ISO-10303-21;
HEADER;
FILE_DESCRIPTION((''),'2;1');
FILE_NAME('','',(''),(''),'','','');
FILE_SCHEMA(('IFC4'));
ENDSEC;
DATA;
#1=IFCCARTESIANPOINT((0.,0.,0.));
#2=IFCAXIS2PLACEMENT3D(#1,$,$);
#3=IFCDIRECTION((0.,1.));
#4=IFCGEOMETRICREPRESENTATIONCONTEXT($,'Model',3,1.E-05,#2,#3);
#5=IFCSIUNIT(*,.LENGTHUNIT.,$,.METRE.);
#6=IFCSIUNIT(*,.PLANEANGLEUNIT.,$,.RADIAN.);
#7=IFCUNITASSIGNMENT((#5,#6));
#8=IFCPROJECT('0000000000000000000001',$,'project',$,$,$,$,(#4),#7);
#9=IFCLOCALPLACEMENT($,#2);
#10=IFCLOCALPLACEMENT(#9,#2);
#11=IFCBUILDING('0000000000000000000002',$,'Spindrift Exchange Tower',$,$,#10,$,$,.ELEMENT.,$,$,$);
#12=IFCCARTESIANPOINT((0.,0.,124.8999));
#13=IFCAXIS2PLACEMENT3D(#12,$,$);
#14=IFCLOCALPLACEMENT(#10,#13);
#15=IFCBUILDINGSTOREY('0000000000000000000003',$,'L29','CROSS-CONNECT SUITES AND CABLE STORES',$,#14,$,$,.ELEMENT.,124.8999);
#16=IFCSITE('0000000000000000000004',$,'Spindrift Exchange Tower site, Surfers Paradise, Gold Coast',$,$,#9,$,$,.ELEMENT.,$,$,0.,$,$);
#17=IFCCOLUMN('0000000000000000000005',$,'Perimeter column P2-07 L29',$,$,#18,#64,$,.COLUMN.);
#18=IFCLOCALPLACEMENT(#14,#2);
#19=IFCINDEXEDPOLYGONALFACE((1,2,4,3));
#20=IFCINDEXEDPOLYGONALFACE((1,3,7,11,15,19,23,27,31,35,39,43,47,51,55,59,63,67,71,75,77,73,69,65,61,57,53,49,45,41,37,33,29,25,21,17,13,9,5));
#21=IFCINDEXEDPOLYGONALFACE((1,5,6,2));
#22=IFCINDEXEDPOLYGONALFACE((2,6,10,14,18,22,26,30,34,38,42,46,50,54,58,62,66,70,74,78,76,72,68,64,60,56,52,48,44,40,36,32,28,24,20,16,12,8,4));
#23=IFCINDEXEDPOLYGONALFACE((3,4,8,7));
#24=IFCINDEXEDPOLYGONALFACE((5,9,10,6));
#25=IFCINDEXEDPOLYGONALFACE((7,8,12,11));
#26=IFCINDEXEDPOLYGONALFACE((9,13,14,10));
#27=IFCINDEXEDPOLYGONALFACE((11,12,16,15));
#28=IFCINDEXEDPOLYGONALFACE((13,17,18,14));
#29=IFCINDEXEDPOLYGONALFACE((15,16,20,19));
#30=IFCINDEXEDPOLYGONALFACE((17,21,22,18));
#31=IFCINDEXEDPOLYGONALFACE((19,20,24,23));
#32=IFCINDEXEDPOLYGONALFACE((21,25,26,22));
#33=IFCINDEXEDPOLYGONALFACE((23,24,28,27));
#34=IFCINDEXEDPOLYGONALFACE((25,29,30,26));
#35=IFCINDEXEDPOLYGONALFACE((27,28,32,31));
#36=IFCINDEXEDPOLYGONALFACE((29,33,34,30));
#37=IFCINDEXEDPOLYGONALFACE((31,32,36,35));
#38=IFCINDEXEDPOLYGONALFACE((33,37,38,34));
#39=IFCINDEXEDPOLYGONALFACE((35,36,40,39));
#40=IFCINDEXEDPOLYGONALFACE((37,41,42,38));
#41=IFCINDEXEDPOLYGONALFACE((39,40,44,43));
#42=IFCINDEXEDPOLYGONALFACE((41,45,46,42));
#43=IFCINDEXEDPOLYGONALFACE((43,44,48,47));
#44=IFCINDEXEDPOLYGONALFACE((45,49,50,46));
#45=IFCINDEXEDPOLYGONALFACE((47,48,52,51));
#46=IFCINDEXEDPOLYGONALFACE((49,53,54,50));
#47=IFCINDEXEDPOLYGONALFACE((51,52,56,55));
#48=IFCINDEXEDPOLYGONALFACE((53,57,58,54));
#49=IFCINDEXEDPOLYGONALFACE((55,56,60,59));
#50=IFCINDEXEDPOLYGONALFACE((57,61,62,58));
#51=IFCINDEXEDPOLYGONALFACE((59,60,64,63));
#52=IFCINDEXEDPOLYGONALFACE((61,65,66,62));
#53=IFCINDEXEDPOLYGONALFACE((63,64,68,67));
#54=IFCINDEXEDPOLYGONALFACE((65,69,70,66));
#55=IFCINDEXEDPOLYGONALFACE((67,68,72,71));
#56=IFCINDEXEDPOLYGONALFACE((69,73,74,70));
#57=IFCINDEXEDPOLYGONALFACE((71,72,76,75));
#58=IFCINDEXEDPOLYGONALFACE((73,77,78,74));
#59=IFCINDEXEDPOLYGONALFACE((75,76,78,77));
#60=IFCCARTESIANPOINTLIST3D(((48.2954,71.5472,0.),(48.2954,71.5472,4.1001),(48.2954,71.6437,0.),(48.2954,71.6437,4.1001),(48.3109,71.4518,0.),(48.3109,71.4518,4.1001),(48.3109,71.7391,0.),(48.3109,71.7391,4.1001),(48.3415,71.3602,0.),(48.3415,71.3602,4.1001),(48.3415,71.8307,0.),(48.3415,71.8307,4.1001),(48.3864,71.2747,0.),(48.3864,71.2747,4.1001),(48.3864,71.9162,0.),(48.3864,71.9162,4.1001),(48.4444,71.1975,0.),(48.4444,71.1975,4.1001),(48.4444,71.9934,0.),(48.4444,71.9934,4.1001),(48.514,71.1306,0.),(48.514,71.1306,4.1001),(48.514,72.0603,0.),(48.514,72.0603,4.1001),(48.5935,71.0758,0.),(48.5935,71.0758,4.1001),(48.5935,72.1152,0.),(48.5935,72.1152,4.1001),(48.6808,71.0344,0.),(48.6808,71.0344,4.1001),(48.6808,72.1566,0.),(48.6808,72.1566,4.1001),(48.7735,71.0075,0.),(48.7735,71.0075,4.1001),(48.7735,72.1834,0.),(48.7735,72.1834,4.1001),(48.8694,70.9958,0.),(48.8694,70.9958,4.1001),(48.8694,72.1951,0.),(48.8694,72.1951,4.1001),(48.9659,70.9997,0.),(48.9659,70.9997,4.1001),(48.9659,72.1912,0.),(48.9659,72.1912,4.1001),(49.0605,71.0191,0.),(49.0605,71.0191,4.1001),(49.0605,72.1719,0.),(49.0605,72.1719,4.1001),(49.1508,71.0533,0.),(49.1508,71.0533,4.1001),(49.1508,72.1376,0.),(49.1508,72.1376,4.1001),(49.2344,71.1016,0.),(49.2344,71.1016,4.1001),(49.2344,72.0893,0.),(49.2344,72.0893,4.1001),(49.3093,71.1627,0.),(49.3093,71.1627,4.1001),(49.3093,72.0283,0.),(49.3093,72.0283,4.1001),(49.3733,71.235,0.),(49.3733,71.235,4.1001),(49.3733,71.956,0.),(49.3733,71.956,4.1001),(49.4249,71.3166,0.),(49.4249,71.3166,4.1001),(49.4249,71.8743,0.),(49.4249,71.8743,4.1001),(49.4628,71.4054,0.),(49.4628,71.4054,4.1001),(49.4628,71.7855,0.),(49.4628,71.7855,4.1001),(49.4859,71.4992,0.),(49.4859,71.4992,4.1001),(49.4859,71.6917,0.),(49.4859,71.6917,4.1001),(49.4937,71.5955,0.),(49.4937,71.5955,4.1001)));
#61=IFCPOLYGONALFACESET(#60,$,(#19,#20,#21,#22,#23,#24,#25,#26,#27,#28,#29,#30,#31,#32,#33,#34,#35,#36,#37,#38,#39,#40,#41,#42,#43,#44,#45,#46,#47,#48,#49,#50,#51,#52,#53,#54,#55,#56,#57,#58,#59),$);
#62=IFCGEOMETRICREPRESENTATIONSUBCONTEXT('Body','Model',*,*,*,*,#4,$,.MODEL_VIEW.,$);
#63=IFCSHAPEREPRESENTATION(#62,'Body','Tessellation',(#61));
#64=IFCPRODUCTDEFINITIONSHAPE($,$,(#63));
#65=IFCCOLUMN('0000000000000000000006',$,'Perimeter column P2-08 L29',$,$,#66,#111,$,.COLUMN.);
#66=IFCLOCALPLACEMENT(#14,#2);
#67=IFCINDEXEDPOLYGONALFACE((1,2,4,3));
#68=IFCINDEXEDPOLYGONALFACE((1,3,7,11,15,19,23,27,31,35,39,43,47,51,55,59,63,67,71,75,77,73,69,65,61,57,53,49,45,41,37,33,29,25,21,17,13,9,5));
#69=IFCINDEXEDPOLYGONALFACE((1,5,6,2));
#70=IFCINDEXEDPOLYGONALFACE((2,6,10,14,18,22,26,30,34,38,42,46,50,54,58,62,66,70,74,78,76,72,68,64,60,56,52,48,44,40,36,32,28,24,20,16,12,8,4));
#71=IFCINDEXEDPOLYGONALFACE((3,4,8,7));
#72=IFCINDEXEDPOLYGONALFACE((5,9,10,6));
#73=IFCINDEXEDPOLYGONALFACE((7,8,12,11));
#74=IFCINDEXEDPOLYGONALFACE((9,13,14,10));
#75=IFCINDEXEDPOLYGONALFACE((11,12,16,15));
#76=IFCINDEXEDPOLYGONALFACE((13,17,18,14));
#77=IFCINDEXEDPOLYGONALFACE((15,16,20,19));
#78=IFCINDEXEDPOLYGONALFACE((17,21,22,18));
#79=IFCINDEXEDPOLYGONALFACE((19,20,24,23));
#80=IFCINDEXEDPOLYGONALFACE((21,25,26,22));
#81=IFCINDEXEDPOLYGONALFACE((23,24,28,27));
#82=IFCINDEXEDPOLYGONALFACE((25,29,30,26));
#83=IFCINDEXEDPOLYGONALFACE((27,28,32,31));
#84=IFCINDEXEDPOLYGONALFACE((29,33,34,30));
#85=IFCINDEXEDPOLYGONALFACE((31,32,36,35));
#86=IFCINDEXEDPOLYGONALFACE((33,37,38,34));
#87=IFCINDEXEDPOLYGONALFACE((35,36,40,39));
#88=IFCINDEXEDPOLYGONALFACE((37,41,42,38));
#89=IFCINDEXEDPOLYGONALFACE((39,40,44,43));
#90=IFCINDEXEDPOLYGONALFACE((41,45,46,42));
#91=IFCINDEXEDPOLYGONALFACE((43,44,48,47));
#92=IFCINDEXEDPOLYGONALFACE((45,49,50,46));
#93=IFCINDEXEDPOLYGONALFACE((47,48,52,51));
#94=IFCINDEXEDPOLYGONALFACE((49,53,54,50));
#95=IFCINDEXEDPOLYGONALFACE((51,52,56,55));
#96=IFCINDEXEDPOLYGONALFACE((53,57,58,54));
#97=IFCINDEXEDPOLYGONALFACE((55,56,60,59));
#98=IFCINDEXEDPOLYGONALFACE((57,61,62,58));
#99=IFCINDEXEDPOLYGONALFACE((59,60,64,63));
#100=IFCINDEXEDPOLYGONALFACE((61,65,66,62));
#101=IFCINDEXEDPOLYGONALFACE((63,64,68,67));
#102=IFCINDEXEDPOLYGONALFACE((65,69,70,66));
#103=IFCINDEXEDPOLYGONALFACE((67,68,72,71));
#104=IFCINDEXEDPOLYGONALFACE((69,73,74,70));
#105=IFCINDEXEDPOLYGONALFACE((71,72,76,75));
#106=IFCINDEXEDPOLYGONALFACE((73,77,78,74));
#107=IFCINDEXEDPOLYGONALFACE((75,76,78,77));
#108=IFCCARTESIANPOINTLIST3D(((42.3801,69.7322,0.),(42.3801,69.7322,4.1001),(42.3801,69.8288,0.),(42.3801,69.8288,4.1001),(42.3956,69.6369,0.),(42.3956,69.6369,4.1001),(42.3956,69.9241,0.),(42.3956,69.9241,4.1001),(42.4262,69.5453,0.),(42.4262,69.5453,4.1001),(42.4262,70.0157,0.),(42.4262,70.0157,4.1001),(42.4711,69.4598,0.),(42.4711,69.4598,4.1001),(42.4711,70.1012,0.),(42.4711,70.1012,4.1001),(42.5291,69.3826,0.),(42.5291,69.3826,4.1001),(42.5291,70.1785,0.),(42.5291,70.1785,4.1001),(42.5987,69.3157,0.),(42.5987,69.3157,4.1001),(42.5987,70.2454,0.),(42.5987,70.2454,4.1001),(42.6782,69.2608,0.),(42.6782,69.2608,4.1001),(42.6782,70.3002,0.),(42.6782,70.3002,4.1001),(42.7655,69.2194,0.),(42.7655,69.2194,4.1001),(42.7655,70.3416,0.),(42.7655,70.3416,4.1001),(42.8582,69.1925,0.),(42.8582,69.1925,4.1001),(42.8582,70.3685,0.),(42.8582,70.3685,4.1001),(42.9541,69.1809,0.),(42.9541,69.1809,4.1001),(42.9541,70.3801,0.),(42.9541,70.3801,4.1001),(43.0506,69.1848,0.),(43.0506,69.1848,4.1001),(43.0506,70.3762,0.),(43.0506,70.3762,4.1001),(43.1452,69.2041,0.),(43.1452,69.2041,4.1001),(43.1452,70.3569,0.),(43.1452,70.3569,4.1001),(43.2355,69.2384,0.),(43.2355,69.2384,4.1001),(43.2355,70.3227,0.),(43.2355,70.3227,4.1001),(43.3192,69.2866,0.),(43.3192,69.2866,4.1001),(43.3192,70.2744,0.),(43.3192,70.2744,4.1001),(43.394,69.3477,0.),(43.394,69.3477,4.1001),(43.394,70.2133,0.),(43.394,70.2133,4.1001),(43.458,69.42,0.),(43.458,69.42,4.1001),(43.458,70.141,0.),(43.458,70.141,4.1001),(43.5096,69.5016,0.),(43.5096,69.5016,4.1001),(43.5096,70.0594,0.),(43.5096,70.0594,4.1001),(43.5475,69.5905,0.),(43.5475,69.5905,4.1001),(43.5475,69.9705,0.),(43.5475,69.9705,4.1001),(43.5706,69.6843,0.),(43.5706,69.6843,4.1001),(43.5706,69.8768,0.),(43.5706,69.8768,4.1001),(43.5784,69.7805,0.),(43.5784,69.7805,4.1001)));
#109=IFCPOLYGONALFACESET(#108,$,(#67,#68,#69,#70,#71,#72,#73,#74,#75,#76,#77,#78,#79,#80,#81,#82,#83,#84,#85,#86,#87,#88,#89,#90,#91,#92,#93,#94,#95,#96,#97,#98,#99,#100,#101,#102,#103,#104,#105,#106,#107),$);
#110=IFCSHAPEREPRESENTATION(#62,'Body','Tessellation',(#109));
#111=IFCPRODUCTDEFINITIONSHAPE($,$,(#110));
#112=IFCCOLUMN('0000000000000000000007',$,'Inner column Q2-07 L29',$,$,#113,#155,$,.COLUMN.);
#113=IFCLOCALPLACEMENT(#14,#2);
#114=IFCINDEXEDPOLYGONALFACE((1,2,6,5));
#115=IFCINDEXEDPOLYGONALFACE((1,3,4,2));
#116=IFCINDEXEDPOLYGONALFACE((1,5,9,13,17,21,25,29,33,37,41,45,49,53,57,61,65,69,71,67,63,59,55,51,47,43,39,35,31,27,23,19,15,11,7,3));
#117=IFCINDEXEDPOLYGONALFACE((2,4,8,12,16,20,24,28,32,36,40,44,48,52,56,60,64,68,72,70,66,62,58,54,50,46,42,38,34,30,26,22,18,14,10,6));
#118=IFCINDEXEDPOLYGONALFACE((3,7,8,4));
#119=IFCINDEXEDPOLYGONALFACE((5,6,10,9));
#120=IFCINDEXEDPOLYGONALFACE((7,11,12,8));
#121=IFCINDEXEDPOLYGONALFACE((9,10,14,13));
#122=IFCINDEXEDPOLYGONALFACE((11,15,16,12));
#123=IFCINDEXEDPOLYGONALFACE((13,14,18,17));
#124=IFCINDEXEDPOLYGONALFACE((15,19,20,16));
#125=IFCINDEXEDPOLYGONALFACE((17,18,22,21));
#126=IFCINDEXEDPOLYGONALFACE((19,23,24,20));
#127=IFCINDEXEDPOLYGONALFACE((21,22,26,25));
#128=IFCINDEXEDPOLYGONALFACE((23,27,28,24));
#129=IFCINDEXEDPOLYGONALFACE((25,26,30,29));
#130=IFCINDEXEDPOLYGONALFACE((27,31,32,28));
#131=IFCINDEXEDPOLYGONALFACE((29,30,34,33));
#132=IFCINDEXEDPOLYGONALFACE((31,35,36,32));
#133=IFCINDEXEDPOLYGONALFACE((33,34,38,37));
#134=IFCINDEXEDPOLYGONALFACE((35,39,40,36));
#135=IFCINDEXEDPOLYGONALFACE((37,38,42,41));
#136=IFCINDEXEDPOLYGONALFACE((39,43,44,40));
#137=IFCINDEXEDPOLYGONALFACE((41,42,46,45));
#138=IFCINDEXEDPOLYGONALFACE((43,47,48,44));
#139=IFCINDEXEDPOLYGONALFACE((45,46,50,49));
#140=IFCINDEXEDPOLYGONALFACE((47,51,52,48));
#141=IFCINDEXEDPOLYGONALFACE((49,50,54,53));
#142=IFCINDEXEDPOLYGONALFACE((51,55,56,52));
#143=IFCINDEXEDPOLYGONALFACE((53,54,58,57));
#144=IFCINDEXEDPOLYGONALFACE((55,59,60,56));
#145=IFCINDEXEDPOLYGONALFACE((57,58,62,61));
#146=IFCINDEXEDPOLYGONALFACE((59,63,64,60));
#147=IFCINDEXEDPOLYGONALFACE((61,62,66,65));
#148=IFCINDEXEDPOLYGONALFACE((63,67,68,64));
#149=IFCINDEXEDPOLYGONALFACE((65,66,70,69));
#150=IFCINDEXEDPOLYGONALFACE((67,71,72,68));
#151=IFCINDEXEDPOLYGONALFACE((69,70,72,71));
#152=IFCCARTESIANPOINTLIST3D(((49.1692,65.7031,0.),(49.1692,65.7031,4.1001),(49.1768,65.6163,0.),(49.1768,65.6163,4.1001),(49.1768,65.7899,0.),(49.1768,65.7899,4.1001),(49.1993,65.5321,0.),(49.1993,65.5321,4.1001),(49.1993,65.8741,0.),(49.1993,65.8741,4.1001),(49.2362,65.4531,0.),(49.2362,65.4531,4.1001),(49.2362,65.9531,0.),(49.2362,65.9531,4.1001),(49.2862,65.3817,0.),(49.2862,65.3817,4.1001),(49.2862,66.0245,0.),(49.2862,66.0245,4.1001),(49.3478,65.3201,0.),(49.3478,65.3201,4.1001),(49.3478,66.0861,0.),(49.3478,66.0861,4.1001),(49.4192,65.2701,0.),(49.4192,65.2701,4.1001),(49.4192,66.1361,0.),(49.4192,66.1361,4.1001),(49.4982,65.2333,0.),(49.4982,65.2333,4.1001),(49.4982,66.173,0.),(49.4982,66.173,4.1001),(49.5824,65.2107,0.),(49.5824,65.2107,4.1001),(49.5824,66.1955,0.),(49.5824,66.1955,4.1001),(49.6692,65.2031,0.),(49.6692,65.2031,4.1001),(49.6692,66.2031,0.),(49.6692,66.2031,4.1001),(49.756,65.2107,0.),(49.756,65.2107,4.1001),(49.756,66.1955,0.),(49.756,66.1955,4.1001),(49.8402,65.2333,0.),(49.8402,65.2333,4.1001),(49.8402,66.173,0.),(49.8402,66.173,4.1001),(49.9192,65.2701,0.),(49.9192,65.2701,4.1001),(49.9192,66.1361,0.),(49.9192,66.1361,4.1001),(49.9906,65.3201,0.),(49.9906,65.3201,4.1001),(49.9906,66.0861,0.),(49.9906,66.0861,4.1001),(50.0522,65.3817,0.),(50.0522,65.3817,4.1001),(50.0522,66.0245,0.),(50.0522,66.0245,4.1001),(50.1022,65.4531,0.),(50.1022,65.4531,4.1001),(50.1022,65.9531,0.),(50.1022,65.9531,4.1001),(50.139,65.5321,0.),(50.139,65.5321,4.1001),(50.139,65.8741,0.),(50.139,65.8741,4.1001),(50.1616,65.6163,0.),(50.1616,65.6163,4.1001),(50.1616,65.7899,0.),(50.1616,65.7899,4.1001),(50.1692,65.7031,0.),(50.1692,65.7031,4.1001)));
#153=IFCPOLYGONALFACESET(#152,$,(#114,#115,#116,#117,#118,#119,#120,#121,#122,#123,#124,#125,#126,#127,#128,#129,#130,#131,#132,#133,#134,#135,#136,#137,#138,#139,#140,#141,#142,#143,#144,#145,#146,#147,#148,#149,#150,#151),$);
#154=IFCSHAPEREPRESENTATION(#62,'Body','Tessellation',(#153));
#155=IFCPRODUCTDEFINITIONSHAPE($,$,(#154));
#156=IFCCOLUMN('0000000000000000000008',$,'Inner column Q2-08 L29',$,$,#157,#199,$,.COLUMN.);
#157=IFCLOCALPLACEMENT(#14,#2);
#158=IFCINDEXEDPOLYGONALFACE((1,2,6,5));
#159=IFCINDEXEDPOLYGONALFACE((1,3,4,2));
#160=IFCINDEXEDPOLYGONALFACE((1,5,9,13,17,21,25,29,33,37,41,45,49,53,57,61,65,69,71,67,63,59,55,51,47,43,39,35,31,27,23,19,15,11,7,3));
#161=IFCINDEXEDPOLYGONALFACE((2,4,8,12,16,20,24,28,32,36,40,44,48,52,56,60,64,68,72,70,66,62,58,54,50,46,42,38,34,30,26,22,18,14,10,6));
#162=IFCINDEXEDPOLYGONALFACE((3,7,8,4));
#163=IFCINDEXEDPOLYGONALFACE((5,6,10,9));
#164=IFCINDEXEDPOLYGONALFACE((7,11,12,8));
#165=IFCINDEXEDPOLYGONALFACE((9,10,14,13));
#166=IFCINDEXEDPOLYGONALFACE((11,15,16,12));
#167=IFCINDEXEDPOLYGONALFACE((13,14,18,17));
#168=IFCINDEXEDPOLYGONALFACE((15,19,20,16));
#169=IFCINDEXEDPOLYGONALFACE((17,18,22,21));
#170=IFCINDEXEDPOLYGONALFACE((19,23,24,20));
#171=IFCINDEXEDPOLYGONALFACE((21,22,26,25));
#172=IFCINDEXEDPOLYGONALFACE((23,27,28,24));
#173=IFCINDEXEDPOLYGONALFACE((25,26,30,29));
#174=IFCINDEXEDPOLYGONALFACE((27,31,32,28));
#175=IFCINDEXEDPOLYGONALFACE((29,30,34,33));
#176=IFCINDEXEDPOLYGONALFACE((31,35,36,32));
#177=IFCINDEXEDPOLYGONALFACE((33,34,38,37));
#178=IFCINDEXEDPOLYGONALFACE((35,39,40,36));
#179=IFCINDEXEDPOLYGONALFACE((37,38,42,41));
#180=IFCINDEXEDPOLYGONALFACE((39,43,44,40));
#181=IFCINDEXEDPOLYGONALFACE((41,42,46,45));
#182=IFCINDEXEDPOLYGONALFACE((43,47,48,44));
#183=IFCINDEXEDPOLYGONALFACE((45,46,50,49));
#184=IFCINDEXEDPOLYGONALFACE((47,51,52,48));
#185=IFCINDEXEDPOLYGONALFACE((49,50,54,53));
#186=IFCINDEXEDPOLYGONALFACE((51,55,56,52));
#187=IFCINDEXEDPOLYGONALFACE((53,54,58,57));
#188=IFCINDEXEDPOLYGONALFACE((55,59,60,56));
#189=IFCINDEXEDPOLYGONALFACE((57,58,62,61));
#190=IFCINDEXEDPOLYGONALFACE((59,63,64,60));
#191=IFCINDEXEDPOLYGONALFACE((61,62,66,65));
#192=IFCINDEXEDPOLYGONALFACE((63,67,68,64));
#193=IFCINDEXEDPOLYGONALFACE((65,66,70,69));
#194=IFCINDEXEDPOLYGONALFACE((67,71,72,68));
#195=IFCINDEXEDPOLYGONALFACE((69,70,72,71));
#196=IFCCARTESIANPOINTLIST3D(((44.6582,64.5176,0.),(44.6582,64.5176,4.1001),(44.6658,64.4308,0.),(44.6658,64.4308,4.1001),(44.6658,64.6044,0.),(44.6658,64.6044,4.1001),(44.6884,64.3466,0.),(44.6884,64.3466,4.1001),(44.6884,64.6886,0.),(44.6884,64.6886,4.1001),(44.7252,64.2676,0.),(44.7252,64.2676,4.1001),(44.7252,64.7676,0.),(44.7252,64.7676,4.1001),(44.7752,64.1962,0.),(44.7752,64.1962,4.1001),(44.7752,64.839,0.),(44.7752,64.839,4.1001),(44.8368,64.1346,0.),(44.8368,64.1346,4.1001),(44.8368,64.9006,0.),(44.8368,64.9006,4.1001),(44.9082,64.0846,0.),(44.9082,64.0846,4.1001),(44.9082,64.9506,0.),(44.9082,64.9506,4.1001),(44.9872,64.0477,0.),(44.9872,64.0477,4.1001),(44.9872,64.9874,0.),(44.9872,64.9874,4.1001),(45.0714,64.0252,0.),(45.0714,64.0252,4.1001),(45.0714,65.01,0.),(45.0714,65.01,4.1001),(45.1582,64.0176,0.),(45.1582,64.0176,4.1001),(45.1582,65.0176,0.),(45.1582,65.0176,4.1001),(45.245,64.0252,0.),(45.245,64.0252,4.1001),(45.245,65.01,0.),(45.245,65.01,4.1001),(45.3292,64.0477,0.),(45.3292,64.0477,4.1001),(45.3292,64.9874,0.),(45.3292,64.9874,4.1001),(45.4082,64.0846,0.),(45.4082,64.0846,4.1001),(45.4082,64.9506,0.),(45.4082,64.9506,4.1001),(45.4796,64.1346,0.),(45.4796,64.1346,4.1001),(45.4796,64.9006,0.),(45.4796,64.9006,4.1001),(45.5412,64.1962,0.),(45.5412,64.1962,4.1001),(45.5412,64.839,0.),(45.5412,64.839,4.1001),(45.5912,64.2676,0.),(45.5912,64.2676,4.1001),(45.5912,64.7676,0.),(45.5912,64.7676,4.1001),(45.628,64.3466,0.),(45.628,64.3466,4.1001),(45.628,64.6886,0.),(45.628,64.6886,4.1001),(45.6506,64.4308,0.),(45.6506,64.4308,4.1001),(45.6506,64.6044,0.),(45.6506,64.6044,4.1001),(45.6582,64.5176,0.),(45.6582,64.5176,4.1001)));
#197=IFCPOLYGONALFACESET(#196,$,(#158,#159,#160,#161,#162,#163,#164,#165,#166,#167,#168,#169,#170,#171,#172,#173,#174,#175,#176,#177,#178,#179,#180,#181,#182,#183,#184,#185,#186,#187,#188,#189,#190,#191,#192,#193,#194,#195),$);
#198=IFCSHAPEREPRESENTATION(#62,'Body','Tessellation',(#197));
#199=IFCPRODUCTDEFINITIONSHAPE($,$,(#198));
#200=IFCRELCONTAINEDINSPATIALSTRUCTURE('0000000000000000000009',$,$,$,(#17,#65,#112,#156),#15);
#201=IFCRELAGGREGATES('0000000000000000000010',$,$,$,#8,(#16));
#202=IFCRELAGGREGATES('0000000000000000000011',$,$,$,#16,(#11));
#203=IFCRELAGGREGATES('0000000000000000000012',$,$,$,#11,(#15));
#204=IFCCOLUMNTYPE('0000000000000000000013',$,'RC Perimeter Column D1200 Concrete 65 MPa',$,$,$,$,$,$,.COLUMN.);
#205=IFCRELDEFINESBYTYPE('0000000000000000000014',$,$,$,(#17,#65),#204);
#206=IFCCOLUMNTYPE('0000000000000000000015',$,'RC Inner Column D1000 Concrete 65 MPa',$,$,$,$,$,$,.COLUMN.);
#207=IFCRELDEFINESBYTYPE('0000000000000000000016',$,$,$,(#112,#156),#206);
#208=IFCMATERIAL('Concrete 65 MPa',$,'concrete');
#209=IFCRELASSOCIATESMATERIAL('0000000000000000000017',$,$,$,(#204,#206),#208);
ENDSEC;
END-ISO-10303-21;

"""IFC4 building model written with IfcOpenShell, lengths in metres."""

from ifc_helpers import new_model, si_unit, direction, frame, origin, origin_2d, place, context, subcontext, project, spatial, circle, extrude, source, transform, mapped, material, material_profile, profile_set, type_object, element, save


model = new_model("IFC4")

# Units and contexts
model_context = context("Model", 3, precision=1e-05, world=origin(), true_north=direction((0.0, 1.0)))
body_context = subcontext(model_context, "Body", "Model", "MODEL_VIEW")
ifc_project = project(units=[si_unit("LENGTHUNIT", "METRE"), si_unit("PLANEANGLEUNIT", "RADIAN")], contexts=[model_context])

# Site, building, storey
site_placement = place(None, origin())
site = spatial("IfcSite", under=ifc_project, at=site_placement, Name="Spindrift Exchange Tower site, Surfers Paradise, Gold Coast", CompositionType="ELEMENT", RefElevation=0.0)
building_placement = place(site_placement, origin())
building = spatial("IfcBuilding", under=site, at=building_placement, Name="Spindrift Exchange Tower", CompositionType="ELEMENT")
storey_placement = place(building_placement, frame((0.0, 0.0, 124.8999)))
storey = spatial("IfcBuildingStorey", under=building, at=storey_placement, Name="L29", Description="CROSS-CONNECT SUITES AND CABLE STORES", CompositionType="ELEMENT", Elevation=124.8999)

# Columns
ifc_material_1 = material(Name="Concrete 65 MPa", Category="concrete")
ifc_material_profile_1 = material_profile(ifc_material_1, circle(Radius=0.6001, at=origin_2d()), Name="RC D1200")
ifc_profile_set_1 = profile_set([ifc_material_profile_1], Name="Concrete 65 MPa")
column_type_1 = type_object("IfcColumnType", Name="RC Perimeter Column D1200 Concrete 65 MPa", PredefinedType="COLUMN", material=ifc_profile_set_1)
shared_shape_1 = source(origin(), body_context, "Body", "SweptSolid", [
    extrude(circle(Radius=0.6001, at=origin_2d()), origin(), (0.0, 0.0, 1.0), 4.1001),
])
for number, where, z_axis, x_axis, name in (
    (1, (48.8936, 71.5955, 0.0), (0.0, 0.0, 1.0), (1.0, 0.0, 0.0), "Perimeter column P2-07 L29"),
    (2, (42.9783, 69.7805, 0.0), (0.0, 0.0, 1.0), (1.0, 0.0, 0.0), "Perimeter column P2-08 L29"),
):
    element("IfcColumn", number, at=place(storey_placement, frame(where, z_axis=z_axis, x_axis=x_axis)), inside=storey, type_object=column_type_1, Name=name, PredefinedType="COLUMN", context=body_context, shape_type="MappedRepresentation", body=[
        mapped(shared_shape_1, transform((0.0, 0.0, 0.0), scale=1.0)),
    ])
ifc_material_profile_2 = material_profile(ifc_material_1, circle(Radius=0.5, at=origin_2d()), Name="RC D1000")
ifc_profile_set_2 = profile_set([ifc_material_profile_2], Name="Concrete 65 MPa")
column_type_2 = type_object("IfcColumnType", Name="RC Inner Column D1000 Concrete 65 MPa", PredefinedType="COLUMN", material=ifc_profile_set_2)
shared_shape_2 = source(origin(), body_context, "Body", "SweptSolid", [
    extrude(circle(Radius=0.5, at=origin_2d()), origin(), (0.0, 0.0, 1.0), 4.1001),
])
for number, where, z_axis, x_axis, name in (
    (3, (49.6692, 65.7031, 0.0), (0.0, 0.0, 1.0), (1.0, 0.0, 0.0), "Inner column Q2-07 L29"),
    (4, (45.1582, 64.5176, 0.0), (0.0, 0.0, 1.0), (1.0, 0.0, 0.0), "Inner column Q2-08 L29"),
):
    element("IfcColumn", number, at=place(storey_placement, frame(where, z_axis=z_axis, x_axis=x_axis)), inside=storey, type_object=column_type_2, Name=name, PredefinedType="COLUMN", context=body_context, shape_type="MappedRepresentation", body=[
        mapped(shared_shape_2, transform((0.0, 0.0, 0.0), scale=1.0)),
    ])

save(model, "model.ifc")
